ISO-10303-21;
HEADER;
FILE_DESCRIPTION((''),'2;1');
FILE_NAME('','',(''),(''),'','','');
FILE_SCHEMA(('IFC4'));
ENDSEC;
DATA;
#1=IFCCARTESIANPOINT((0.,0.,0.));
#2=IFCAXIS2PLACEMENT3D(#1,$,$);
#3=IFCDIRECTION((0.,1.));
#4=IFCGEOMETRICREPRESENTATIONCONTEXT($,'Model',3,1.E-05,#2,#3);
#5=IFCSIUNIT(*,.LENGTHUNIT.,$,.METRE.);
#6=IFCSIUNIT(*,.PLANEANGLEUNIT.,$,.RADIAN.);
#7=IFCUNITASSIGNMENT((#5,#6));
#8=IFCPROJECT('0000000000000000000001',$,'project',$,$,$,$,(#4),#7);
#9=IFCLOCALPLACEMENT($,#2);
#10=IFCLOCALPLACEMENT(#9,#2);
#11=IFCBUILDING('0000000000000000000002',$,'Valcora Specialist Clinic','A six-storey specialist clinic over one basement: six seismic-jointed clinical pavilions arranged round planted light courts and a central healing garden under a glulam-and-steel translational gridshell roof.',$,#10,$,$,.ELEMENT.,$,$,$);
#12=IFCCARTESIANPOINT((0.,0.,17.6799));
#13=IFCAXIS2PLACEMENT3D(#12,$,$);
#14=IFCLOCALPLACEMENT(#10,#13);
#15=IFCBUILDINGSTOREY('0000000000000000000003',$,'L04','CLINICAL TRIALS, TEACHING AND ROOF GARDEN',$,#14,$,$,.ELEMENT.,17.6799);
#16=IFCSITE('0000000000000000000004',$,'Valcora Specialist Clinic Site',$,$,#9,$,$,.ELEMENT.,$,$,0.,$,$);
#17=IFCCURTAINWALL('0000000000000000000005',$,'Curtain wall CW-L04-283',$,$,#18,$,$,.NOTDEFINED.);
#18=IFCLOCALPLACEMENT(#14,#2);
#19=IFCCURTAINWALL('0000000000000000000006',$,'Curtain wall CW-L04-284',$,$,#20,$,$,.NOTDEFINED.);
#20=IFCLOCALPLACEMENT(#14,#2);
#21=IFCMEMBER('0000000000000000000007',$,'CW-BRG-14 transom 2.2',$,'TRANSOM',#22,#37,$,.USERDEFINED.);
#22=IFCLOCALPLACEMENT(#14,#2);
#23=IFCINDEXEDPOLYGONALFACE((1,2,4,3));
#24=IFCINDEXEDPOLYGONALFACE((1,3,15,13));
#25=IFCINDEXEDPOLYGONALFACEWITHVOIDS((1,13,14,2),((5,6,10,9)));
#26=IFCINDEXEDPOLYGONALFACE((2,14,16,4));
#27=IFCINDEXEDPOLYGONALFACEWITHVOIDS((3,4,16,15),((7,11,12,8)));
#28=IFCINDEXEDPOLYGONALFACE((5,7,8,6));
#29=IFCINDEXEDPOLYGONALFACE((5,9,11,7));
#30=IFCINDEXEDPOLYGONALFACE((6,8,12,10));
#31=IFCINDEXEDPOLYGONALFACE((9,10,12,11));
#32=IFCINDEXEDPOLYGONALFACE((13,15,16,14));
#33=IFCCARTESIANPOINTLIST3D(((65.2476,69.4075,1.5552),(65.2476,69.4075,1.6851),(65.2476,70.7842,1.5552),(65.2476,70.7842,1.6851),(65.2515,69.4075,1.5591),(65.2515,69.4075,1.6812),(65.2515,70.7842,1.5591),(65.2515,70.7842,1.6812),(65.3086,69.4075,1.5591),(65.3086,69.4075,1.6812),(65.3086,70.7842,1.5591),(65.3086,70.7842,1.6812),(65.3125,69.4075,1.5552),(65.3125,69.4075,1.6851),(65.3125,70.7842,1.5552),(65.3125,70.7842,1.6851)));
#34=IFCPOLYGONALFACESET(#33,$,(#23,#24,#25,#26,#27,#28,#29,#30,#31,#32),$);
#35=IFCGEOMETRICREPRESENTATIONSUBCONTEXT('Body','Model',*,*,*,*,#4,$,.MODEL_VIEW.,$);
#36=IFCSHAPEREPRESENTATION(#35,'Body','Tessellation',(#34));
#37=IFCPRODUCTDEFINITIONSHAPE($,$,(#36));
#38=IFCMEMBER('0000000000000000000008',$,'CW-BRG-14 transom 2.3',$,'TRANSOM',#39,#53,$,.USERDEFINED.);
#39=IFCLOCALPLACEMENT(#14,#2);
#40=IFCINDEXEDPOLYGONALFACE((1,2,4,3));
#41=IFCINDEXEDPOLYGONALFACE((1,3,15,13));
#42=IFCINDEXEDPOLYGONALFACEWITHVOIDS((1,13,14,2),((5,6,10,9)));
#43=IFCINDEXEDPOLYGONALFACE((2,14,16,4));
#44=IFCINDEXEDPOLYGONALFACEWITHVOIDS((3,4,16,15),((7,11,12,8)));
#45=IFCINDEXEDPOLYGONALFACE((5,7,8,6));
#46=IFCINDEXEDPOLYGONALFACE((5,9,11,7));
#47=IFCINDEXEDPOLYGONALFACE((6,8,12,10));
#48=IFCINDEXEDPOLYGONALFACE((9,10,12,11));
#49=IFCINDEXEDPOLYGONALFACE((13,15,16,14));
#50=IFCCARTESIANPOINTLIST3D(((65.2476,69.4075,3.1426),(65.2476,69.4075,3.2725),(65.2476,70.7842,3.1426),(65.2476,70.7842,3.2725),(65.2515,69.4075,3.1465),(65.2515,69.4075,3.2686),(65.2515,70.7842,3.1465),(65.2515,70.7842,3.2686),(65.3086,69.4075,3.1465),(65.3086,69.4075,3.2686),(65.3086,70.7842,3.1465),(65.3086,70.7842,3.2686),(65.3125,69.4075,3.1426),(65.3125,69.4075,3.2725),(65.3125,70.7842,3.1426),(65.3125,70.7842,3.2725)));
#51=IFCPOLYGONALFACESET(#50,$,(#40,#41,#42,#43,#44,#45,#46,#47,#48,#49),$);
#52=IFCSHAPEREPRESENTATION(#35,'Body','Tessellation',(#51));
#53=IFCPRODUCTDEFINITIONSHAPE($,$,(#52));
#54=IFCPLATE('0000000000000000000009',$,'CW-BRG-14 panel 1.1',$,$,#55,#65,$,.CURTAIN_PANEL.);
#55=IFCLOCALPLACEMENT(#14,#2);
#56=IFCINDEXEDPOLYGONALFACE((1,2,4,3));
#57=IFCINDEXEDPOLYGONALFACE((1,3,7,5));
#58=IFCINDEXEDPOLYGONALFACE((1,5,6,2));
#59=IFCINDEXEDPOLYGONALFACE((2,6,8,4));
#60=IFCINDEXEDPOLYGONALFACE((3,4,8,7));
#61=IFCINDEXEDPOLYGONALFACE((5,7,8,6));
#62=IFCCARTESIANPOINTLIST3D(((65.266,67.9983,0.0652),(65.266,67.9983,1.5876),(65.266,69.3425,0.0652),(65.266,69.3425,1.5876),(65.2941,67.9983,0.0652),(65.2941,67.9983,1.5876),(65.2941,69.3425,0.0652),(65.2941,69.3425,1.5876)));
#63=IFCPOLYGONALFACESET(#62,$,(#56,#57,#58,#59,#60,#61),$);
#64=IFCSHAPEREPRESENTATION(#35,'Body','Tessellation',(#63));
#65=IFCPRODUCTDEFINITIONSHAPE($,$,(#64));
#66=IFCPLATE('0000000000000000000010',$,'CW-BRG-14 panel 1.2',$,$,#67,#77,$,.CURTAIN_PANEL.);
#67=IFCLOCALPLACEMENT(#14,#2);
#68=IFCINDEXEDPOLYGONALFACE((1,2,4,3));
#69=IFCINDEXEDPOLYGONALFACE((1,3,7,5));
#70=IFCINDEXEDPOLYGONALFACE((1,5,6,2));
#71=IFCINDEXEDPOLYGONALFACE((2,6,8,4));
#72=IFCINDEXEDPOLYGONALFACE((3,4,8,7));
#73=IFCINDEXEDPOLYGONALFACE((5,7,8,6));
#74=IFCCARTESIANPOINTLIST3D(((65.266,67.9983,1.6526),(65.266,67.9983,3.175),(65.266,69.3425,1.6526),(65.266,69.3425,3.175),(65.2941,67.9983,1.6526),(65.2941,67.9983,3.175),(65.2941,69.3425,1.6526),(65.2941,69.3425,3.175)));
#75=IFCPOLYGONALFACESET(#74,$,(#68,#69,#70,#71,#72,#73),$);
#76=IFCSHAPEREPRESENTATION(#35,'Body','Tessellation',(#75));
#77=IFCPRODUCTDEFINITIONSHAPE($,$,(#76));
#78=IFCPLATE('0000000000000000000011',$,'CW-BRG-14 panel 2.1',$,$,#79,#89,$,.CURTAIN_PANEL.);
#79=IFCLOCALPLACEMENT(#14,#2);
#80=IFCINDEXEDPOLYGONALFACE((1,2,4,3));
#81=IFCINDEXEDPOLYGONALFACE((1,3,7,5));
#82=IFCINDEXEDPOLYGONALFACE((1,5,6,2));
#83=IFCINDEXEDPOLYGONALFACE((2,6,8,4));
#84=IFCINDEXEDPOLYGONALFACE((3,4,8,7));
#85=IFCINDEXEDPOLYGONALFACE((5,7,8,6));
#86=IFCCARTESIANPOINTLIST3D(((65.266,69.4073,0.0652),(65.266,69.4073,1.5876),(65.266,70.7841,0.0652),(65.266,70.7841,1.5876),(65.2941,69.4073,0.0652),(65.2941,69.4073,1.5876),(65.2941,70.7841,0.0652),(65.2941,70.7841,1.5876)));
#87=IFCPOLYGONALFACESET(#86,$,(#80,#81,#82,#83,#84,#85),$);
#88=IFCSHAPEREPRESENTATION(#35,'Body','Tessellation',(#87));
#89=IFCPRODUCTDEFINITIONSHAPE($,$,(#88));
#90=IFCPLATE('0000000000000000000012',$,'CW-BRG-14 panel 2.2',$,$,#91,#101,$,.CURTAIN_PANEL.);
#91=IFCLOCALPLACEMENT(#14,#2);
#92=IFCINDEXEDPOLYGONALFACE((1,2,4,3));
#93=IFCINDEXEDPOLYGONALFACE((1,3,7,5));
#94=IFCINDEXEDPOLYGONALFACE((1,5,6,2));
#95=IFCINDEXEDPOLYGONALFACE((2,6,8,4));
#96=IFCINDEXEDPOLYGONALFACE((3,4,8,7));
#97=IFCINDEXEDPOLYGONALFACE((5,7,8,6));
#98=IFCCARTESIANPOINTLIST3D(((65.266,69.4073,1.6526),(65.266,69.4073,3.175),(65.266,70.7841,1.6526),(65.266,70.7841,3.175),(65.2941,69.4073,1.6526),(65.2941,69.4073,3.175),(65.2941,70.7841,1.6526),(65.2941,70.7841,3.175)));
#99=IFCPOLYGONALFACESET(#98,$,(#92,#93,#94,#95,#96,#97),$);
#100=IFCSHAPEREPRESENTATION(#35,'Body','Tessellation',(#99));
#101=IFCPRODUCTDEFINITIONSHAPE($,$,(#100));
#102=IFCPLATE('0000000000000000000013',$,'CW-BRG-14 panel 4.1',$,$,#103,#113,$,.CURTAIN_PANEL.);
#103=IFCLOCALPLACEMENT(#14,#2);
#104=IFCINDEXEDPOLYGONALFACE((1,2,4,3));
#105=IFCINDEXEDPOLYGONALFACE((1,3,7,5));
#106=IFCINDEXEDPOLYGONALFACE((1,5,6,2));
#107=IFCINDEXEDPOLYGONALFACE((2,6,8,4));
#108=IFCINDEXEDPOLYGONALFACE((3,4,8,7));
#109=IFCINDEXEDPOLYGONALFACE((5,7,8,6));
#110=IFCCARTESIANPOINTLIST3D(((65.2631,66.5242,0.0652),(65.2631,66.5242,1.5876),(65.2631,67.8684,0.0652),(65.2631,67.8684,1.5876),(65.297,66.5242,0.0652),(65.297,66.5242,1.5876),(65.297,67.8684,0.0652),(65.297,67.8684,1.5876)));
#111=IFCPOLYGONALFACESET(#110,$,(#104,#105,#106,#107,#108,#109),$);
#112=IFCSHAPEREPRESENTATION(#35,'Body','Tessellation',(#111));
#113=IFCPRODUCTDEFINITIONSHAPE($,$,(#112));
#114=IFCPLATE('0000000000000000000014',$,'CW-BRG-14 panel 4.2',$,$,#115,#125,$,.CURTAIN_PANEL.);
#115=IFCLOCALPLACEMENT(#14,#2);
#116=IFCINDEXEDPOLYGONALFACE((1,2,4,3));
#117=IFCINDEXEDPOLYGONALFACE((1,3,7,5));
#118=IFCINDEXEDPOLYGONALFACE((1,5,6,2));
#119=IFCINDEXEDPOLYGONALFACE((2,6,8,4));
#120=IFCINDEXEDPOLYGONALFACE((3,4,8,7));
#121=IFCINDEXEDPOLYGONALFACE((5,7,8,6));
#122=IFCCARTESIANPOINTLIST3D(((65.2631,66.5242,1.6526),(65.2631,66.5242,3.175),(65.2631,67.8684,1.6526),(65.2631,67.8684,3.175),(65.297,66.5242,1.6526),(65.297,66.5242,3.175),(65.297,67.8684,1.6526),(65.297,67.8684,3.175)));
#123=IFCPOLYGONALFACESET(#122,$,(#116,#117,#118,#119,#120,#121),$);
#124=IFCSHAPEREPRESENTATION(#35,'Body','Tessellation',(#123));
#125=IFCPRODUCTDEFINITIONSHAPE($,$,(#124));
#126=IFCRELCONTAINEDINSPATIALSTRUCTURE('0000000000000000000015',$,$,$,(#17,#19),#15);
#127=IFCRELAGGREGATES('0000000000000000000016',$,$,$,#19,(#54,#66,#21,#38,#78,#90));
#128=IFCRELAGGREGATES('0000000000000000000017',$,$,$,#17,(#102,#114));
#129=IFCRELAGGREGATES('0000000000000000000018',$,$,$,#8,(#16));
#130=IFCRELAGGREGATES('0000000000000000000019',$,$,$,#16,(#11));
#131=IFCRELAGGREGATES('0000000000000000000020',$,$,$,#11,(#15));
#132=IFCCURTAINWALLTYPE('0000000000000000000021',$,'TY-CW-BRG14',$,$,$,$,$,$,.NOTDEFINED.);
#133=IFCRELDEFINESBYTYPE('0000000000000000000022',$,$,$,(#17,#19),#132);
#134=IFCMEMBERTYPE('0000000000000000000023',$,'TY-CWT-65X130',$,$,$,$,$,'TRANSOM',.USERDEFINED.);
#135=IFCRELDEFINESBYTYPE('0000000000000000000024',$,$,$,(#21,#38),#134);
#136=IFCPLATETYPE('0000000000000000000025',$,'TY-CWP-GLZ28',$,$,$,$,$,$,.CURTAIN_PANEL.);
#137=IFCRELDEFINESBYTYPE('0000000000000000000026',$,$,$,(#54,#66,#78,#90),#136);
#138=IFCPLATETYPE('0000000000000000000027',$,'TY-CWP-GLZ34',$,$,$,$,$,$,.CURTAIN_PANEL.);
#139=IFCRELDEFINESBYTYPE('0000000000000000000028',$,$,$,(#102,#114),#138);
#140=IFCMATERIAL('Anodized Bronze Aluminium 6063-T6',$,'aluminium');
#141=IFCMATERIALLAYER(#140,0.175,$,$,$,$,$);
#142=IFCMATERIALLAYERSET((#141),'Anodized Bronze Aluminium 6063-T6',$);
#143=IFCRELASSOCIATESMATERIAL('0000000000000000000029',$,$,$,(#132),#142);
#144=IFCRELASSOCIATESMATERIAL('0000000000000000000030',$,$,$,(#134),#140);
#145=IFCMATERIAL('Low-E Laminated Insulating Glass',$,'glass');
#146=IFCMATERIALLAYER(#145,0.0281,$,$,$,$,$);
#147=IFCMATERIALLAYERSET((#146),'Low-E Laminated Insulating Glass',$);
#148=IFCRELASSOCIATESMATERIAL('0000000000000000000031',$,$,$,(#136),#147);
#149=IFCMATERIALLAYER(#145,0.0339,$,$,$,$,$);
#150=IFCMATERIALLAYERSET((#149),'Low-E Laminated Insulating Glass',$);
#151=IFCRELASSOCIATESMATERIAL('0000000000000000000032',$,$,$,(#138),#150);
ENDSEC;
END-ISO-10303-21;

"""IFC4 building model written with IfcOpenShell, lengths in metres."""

from ifc_helpers import new_model, si_unit, direction, frame, origin, origin_2d, place, context, subcontext, project, spatial, rectangle, hollow_rectangle, extrude, material, layer, layer_set, material_profile, profile_set, type_object, element, aggregate, save


model = new_model("IFC4")

# Units and contexts
model_context = context("Model", 3, precision=1e-05, world=origin(), true_north=direction((0.0, 1.0)))
body_context = subcontext(model_context, "Body", "Model", "MODEL_VIEW")
ifc_project = project(units=[si_unit("LENGTHUNIT", "METRE"), si_unit("PLANEANGLEUNIT", "RADIAN")], contexts=[model_context])

# Site, building, storey
site_placement = place(None, origin())
site = spatial("IfcSite", under=ifc_project, at=site_placement, Name="Valcora Specialist Clinic Site", CompositionType="ELEMENT", RefElevation=0.0)
building_placement = place(site_placement, origin())
building = spatial("IfcBuilding", under=site, at=building_placement, Name="Valcora Specialist Clinic", Description="A six-storey specialist clinic over one basement: six seismic-jointed clinical pavilions arranged round planted light courts and a central healing garden under a glulam-and-steel translational gridshell roof.", CompositionType="ELEMENT")
storey_placement = place(building_placement, frame((0.0, 0.0, 17.6799)))
storey = spatial("IfcBuildingStorey", under=building, at=storey_placement, Name="L04", Description="CLINICAL TRIALS, TEACHING AND ROOF GARDEN", CompositionType="ELEMENT", Elevation=17.6799)

# Curtain wall
ifc_material_1 = material(Name="Anodized Bronze Aluminium 6063-T6", Category="aluminium")
ifc_layer_1 = layer(ifc_material_1, 0.175)
ifc_layer_set_1 = layer_set([ifc_layer_1], Name="Anodized Bronze Aluminium 6063-T6")
curtain_wall_type = type_object("IfcCurtainWallType", Name="TY-CW-BRG14", PredefinedType="NOTDEFINED", material=ifc_layer_set_1)
curtain_wall_1_placement = place(storey_placement, origin())
curtain_wall_1 = element("IfcCurtainWall", 1, at=curtain_wall_1_placement, inside=storey, type_object=curtain_wall_type, Name="Curtain wall CW-L04-283", PredefinedType="NOTDEFINED")

# Curtain wall
curtain_wall_2_placement = place(storey_placement, origin())
curtain_wall_2 = element("IfcCurtainWall", 2, at=curtain_wall_2_placement, inside=storey, type_object=curtain_wall_type, Name="Curtain wall CW-L04-284", PredefinedType="NOTDEFINED")

# Members
ifc_material_profile_1 = material_profile(ifc_material_1, hollow_rectangle(XDim=0.0649, YDim=0.1299, WallThickness=0.0039, at=origin_2d()), Name="AL-TRN-65X130")
ifc_profile_set_1 = profile_set([ifc_material_profile_1], Name="Anodized Bronze Aluminium 6063-T6")
member_type_1 = type_object("IfcMemberType", Name="TY-CWT-65X130", ElementType="TRANSOM", PredefinedType="USERDEFINED", material=ifc_profile_set_1)
member_1_placement = place(storey_placement, frame((65.28, 69.4075, 1.6201), z_axis=(0.0, 1.0, 0.0), x_axis=(-1.0, 0.0, 0.0)))
member_1 = element("IfcMember", 3, at=member_1_placement, type_object=member_type_1, Name="CW-BRG-14 transom 2.2", ObjectType="TRANSOM", PredefinedType="USERDEFINED", context=body_context, shape_type="SweptSolid", body=[
    extrude(hollow_rectangle(XDim=0.0649, YDim=0.1299, WallThickness=0.0039, at=origin_2d()), origin(), (0.0, 0.0, 1.0), 1.3767),
])
member_2_placement = place(storey_placement, frame((65.28, 69.4075, 3.2075), z_axis=(0.0, 1.0, 0.0), x_axis=(-1.0, 0.0, 0.0)))
member_2 = element("IfcMember", 4, at=member_2_placement, type_object=member_type_1, Name="CW-BRG-14 transom 2.3", ObjectType="TRANSOM", PredefinedType="USERDEFINED", context=body_context, shape_type="SweptSolid", body=[
    extrude(hollow_rectangle(XDim=0.0649, YDim=0.1299, WallThickness=0.0039, at=origin_2d()), origin(), (0.0, 0.0, 1.0), 1.3767),
])

# Plates
ifc_material_2 = material(Name="Low-E Laminated Insulating Glass", Category="glass")
ifc_layer_2 = layer(ifc_material_2, 0.0281)
ifc_layer_set_2 = layer_set([ifc_layer_2], Name="Low-E Laminated Insulating Glass")
plate_type_1 = type_object("IfcPlateType", Name="TY-CWP-GLZ28", PredefinedType="CURTAIN_PANEL", material=ifc_layer_set_2)
plate_1_placement = place(storey_placement, frame((65.28, 68.6704, 0.0652), z_axis=(0.0, 0.0, 1.0), x_axis=(0.0, 1.0, 0.0)))
plate_1 = element("IfcPlate", 5, at=plate_1_placement, type_object=plate_type_1, Name="CW-BRG-14 panel 1.1", PredefinedType="CURTAIN_PANEL", context=body_context, shape_type="SweptSolid", body=[
    extrude(rectangle(XDim=1.3442, YDim=0.0281, at=origin_2d()), origin(), (0.0, 0.0, 1.0), 1.5225),
])
plate_2_placement = place(storey_placement, frame((65.28, 68.6704, 1.6526), z_axis=(0.0, 0.0, 1.0), x_axis=(0.0, 1.0, 0.0)))
plate_2 = element("IfcPlate", 6, at=plate_2_placement, type_object=plate_type_1, Name="CW-BRG-14 panel 1.2", PredefinedType="CURTAIN_PANEL", context=body_context, shape_type="SweptSolid", body=[
    extrude(rectangle(XDim=1.3442, YDim=0.0281, at=origin_2d()), origin(), (0.0, 0.0, 1.0), 1.5225),
])
plate_3_placement = place(storey_placement, frame((65.28, 70.0957, 0.0652), z_axis=(0.0, 0.0, 1.0), x_axis=(0.0, 1.0, 0.0)))
plate_3 = element("IfcPlate", 7, at=plate_3_placement, type_object=plate_type_1, Name="CW-BRG-14 panel 2.1", PredefinedType="CURTAIN_PANEL", context=body_context, shape_type="SweptSolid", body=[
    extrude(rectangle(XDim=1.3767, YDim=0.0281, at=origin_2d()), origin(), (0.0, 0.0, 1.0), 1.5225),
])
plate_4_placement = place(storey_placement, frame((65.28, 70.0957, 1.6526), z_axis=(0.0, 0.0, 1.0), x_axis=(0.0, 1.0, 0.0)))
plate_4 = element("IfcPlate", 8, at=plate_4_placement, type_object=plate_type_1, Name="CW-BRG-14 panel 2.2", PredefinedType="CURTAIN_PANEL", context=body_context, shape_type="SweptSolid", body=[
    extrude(rectangle(XDim=1.3767, YDim=0.0281, at=origin_2d()), origin(), (0.0, 0.0, 1.0), 1.5225),
])
aggregate(curtain_wall_2, [plate_1, plate_2, member_1, member_2, plate_3, plate_4])
ifc_layer_3 = layer(ifc_material_2, 0.0339)
ifc_layer_set_3 = layer_set([ifc_layer_3], Name="Low-E Laminated Insulating Glass")
plate_type_2 = type_object("IfcPlateType", Name="TY-CWP-GLZ34", PredefinedType="CURTAIN_PANEL", material=ifc_layer_set_3)
plate_5_placement = place(storey_placement, frame((65.28, 67.1963, 0.0652), z_axis=(0.0, 0.0, 1.0), x_axis=(0.0, 1.0, 0.0)))
plate_5 = element("IfcPlate", 9, at=plate_5_placement, type_object=plate_type_2, Name="CW-BRG-14 panel 4.1", PredefinedType="CURTAIN_PANEL", context=body_context, shape_type="SweptSolid", body=[
    extrude(rectangle(XDim=1.3442, YDim=0.0339, at=origin_2d()), origin(), (0.0, 0.0, 1.0), 1.5225),
])
plate_6_placement = place(storey_placement, frame((65.28, 67.1963, 1.6526), z_axis=(0.0, 0.0, 1.0), x_axis=(0.0, 1.0, 0.0)))
plate_6 = element("IfcPlate", 10, at=plate_6_placement, type_object=plate_type_2, Name="CW-BRG-14 panel 4.2", PredefinedType="CURTAIN_PANEL", context=body_context, shape_type="SweptSolid", body=[
    extrude(rectangle(XDim=1.3442, YDim=0.0339, at=origin_2d()), origin(), (0.0, 0.0, 1.0), 1.5225),
])
aggregate(curtain_wall_1, [plate_5, plate_6])

save(model, "model.ifc")
